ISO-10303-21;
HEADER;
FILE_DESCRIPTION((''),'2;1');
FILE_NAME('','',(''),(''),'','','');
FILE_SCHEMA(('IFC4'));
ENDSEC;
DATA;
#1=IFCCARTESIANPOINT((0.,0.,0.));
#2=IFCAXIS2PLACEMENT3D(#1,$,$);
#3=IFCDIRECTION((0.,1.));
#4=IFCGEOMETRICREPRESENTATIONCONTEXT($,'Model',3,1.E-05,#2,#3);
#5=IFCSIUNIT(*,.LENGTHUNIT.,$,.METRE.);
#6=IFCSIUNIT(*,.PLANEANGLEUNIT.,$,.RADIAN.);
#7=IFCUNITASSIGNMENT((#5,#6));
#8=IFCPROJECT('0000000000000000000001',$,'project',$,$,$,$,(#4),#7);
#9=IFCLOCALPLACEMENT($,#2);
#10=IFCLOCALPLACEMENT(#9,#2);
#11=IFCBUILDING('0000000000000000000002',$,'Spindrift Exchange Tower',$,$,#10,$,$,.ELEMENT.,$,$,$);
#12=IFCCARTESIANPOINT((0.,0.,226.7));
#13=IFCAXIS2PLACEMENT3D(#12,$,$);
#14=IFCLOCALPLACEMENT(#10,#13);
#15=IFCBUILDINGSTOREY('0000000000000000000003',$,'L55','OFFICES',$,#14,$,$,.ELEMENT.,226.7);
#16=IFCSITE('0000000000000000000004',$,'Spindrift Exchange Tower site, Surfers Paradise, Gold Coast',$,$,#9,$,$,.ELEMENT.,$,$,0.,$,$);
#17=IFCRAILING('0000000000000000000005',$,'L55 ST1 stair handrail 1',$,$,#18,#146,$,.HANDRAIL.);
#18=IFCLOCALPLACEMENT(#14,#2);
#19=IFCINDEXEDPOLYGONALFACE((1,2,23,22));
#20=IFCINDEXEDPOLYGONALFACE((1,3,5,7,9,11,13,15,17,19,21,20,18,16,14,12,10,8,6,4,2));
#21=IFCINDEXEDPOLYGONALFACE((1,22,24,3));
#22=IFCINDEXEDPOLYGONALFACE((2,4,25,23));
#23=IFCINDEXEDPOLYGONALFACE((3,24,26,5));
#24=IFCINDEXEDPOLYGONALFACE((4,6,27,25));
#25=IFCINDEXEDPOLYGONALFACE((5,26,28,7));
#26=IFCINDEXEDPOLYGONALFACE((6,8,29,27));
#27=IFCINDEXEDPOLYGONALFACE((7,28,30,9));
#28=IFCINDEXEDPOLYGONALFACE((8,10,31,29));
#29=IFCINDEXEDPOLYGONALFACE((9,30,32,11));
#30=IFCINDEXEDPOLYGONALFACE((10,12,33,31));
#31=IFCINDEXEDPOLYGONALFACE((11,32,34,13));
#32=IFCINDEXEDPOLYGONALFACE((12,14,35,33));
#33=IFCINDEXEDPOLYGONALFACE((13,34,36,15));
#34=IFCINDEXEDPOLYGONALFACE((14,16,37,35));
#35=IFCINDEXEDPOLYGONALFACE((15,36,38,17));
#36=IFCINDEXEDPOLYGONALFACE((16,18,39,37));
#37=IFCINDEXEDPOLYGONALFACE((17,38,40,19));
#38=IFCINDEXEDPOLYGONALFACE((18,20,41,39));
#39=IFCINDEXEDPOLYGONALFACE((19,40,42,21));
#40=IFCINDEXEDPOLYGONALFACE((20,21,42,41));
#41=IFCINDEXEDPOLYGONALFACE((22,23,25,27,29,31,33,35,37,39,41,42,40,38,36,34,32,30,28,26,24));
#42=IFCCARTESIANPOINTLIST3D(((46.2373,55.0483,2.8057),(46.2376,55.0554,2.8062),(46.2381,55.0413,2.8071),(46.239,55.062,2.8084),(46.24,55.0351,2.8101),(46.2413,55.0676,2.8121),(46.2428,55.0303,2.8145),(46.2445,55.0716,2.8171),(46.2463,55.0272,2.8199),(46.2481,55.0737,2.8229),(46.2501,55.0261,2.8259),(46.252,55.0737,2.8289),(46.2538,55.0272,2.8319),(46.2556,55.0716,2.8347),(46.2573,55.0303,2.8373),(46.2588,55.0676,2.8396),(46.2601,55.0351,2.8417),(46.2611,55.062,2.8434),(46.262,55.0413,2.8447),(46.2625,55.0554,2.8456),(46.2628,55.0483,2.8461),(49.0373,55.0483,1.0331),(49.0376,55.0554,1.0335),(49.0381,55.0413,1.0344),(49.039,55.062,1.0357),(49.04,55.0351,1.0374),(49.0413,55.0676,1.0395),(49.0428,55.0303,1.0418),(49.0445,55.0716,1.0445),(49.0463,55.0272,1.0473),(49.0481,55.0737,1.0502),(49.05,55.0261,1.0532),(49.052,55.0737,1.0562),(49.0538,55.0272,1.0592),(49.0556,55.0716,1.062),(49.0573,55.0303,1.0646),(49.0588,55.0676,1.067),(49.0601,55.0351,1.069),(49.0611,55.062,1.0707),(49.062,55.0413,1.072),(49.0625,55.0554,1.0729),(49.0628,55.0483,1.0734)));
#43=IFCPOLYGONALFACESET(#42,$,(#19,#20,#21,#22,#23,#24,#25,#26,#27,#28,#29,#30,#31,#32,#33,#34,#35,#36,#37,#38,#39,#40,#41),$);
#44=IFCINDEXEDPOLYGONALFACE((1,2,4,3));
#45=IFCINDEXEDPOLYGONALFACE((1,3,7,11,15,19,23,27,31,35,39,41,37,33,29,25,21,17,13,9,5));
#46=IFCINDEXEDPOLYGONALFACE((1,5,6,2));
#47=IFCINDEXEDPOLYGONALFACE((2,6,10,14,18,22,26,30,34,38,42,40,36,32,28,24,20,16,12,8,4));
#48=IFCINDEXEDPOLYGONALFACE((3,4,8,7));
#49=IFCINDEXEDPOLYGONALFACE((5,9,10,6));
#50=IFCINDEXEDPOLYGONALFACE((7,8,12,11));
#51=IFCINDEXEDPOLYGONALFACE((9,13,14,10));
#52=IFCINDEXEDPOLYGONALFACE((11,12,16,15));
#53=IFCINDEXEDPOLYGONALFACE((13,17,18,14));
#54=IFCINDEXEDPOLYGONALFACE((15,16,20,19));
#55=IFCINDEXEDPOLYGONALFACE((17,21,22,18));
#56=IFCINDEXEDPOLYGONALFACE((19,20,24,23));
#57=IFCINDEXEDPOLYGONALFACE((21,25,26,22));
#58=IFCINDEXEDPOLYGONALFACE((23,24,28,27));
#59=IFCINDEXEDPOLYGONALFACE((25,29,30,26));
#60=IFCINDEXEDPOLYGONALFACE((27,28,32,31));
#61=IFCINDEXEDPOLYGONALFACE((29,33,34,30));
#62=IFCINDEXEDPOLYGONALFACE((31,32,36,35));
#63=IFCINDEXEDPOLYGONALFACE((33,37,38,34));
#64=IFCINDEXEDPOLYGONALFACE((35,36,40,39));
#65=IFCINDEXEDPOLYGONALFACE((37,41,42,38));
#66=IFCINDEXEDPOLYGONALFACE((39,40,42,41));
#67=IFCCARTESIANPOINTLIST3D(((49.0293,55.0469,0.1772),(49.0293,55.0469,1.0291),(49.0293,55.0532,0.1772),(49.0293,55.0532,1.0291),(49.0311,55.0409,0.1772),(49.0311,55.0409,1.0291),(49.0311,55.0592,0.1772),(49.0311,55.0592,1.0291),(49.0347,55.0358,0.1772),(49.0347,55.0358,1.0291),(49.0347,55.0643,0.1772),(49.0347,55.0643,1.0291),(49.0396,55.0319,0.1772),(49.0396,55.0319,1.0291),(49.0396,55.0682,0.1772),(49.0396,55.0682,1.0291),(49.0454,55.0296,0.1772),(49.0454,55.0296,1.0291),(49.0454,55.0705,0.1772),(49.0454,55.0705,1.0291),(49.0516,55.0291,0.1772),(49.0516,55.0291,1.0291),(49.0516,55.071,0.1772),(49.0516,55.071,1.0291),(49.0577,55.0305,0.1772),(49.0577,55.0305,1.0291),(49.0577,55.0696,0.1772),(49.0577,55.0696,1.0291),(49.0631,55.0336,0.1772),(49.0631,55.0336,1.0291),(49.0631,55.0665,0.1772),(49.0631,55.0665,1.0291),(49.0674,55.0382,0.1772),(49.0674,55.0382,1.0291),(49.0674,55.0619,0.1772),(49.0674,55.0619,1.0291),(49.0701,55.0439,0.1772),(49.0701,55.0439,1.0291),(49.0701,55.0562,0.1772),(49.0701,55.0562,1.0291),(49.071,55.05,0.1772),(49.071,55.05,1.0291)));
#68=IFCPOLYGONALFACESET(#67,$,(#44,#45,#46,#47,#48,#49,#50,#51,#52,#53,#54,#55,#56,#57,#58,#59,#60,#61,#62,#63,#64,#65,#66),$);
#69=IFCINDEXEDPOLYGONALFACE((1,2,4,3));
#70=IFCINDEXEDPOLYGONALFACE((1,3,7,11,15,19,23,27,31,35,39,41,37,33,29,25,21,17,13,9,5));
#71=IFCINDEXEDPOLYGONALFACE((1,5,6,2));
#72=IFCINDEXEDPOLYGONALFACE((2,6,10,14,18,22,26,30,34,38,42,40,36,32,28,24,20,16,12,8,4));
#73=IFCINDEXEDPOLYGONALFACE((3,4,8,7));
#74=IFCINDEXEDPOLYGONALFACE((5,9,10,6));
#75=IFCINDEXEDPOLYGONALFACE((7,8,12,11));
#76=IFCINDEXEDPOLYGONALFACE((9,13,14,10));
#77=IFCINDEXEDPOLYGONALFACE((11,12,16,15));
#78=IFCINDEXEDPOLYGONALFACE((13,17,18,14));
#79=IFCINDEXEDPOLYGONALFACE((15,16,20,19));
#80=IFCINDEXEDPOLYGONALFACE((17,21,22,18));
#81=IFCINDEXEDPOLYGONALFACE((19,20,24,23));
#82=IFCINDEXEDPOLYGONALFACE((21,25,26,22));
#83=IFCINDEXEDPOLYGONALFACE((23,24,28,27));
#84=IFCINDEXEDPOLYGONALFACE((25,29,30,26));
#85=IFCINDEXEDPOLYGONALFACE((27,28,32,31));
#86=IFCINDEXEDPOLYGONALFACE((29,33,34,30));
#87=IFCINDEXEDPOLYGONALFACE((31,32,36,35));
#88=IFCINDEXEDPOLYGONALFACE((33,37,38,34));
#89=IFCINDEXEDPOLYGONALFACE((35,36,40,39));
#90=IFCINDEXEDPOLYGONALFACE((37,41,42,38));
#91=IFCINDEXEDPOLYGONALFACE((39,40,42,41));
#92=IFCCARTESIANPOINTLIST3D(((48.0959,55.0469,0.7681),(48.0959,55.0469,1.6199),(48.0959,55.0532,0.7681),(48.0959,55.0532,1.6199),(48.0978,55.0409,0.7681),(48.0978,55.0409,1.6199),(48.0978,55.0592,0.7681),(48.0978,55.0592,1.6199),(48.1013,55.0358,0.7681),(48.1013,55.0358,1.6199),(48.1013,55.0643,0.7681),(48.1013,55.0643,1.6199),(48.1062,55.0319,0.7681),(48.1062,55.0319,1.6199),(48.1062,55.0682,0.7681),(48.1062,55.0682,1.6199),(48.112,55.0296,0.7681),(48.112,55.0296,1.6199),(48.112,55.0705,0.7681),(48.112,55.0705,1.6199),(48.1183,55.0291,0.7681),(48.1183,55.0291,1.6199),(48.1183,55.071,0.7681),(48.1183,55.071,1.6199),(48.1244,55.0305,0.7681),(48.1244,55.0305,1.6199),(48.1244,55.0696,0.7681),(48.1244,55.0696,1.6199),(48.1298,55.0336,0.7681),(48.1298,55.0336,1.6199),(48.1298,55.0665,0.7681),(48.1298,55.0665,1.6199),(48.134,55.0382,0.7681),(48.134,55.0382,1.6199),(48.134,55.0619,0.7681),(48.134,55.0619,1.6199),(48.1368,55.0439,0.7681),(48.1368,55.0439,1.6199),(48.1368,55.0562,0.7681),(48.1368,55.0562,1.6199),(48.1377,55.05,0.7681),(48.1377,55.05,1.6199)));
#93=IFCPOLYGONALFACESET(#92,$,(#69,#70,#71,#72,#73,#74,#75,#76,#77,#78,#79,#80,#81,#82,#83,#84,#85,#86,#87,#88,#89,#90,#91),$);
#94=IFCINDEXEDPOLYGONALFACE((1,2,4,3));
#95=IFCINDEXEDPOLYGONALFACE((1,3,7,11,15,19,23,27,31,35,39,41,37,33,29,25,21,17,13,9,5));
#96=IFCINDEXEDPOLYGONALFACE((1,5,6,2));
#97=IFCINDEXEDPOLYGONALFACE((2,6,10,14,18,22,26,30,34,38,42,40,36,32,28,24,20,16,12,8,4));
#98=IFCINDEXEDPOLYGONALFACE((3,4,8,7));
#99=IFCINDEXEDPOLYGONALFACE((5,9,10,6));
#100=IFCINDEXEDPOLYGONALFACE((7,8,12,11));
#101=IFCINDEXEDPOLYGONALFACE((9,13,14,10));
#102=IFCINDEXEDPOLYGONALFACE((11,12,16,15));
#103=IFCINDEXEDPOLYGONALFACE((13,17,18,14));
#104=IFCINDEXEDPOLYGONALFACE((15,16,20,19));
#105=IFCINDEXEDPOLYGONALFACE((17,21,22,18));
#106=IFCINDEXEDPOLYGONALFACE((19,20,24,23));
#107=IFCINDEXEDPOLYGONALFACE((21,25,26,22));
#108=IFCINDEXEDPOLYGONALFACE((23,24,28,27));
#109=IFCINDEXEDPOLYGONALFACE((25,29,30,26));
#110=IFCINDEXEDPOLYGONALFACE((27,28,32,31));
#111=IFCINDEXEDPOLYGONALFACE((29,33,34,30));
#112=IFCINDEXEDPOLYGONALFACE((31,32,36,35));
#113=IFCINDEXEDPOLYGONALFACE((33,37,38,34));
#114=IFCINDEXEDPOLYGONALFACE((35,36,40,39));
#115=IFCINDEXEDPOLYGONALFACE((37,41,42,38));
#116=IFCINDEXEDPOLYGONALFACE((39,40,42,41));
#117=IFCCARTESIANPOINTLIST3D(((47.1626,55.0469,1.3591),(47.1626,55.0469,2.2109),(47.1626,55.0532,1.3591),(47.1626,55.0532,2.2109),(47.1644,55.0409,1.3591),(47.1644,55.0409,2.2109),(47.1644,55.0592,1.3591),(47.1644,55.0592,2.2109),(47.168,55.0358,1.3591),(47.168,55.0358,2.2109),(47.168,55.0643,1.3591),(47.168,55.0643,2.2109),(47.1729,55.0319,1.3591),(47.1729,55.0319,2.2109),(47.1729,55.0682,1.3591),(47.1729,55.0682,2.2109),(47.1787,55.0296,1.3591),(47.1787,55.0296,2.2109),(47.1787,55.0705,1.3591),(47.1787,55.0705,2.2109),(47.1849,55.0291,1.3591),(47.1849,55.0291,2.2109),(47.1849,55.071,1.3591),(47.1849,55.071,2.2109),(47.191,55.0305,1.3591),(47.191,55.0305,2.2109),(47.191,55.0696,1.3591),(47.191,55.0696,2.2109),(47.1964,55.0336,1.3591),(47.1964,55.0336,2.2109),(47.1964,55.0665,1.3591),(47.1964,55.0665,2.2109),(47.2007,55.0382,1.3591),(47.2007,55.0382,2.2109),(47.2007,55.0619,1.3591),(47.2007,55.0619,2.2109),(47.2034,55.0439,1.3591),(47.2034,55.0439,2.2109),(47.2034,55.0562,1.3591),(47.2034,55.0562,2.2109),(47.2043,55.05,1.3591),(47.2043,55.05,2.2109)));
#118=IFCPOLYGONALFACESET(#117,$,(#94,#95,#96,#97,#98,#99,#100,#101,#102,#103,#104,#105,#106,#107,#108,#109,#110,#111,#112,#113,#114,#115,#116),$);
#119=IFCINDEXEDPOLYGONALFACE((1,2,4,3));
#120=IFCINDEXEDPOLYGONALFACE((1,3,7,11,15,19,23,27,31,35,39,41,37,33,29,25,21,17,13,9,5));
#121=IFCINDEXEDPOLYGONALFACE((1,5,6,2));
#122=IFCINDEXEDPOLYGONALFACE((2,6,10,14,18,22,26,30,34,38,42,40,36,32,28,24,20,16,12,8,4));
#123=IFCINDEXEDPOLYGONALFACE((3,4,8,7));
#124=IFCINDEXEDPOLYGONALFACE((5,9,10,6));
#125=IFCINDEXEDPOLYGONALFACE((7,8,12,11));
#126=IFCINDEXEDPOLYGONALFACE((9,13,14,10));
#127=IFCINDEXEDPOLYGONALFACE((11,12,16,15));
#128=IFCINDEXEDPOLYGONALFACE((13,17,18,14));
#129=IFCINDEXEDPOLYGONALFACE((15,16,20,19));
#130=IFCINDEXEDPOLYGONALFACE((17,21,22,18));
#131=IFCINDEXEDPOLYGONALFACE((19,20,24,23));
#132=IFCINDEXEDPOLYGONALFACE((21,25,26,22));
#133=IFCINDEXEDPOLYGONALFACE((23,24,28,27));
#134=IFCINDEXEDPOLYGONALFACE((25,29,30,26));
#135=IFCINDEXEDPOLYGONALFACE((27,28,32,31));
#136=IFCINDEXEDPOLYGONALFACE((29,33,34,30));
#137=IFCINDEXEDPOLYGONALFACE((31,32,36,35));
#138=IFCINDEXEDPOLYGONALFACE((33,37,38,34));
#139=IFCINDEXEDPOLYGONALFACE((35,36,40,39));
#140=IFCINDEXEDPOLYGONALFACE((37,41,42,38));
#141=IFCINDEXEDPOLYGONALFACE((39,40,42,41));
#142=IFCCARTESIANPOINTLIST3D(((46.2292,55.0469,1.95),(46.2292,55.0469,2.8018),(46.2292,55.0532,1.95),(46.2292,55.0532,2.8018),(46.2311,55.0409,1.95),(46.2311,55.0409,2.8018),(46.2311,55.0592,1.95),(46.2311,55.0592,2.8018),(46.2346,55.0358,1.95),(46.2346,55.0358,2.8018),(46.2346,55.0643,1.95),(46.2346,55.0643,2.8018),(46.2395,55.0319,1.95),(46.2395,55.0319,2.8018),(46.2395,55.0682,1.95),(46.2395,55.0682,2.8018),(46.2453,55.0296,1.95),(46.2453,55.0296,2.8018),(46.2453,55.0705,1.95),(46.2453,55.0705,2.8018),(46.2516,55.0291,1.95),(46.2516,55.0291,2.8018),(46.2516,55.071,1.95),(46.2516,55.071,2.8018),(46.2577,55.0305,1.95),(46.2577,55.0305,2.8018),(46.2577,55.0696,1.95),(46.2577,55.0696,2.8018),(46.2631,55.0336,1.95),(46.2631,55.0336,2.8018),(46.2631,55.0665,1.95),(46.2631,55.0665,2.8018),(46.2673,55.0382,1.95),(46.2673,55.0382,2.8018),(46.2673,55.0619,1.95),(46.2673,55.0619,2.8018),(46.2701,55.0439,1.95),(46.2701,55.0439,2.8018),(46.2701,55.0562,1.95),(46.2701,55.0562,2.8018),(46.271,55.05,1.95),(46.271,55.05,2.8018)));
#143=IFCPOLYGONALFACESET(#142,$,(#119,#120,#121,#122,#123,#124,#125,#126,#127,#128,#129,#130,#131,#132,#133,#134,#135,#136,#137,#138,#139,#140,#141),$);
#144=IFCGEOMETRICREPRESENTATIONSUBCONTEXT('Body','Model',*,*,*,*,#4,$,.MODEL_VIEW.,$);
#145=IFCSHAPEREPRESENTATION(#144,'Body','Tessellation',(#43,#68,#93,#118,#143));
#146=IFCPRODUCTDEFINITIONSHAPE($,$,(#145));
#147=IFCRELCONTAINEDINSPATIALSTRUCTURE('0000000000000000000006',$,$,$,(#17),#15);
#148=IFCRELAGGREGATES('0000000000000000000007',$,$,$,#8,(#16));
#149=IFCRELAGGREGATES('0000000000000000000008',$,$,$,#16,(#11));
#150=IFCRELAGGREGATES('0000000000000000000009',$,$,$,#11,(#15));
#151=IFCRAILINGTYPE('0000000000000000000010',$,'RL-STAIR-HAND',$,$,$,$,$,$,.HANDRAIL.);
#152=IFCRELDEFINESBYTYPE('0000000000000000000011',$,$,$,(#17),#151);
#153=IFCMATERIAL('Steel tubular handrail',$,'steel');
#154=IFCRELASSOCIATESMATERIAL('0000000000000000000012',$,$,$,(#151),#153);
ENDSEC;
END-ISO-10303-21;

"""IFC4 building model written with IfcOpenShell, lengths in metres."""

from ifc_helpers import new_model, si_unit, direction, frame, origin, origin_2d, place, context, subcontext, project, spatial, circle, extrude, material, type_object, element, save


model = new_model("IFC4")

# Units and contexts
model_context = context("Model", 3, precision=1e-05, world=origin(), true_north=direction((0.0, 1.0)))
body_context = subcontext(model_context, "Body", "Model", "MODEL_VIEW")
ifc_project = project(units=[si_unit("LENGTHUNIT", "METRE"), si_unit("PLANEANGLEUNIT", "RADIAN")], contexts=[model_context])

# Site, building, storey
site_placement = place(None, origin())
site = spatial("IfcSite", under=ifc_project, at=site_placement, Name="Spindrift Exchange Tower site, Surfers Paradise, Gold Coast", CompositionType="ELEMENT", RefElevation=0.0)
building_placement = place(site_placement, origin())
building = spatial("IfcBuilding", under=site, at=building_placement, Name="Spindrift Exchange Tower", CompositionType="ELEMENT")
storey_placement = place(building_placement, frame((0.0, 0.0, 226.7)))
storey = spatial("IfcBuildingStorey", under=building, at=storey_placement, Name="L55", Description="OFFICES", CompositionType="ELEMENT", Elevation=226.7)

# Railing
ifc_material_1 = material(Name="Steel tubular handrail", Category="steel")
railing_type_1 = type_object("IfcRailingType", Name="RL-STAIR-HAND", PredefinedType="HANDRAIL", material=ifc_material_1)
railing_1_placement = place(storey_placement, frame((49.05, 55.05, 0.1772)))
element("IfcRailing", 1, at=railing_1_placement, inside=storey, type_object=railing_type_1, Name="L55 ST1 stair handrail 1", PredefinedType="HANDRAIL", context=body_context, shape_type="SweptSolid", body=[
    extrude(circle(Radius=0.0239, at=origin_2d()), frame((0.0, 0.0, 0.876), z_axis=(-0.844909, 0.0, 0.53491), x_axis=(0.0, -1.0, 0.0)), (0.0, 0.0, 1.0), 3.314),
    extrude(circle(Radius=0.021, at=origin_2d()), origin(), (0.0, 0.0, 1.0), 0.8518),
    extrude(circle(Radius=0.021, at=origin_2d()), frame((-0.9333, 0.0, 0.5908)), (0.0, 0.0, 1.0), 0.8518),
    extrude(circle(Radius=0.021, at=origin_2d()), frame((-1.8667, 0.0, 1.1819)), (0.0, 0.0, 1.0), 0.8518),
    extrude(circle(Radius=0.021, at=origin_2d()), frame((-2.8, 0.0, 1.7727)), (0.0, 0.0, 1.0), 0.8518),
])

save(model, "model.ifc")
